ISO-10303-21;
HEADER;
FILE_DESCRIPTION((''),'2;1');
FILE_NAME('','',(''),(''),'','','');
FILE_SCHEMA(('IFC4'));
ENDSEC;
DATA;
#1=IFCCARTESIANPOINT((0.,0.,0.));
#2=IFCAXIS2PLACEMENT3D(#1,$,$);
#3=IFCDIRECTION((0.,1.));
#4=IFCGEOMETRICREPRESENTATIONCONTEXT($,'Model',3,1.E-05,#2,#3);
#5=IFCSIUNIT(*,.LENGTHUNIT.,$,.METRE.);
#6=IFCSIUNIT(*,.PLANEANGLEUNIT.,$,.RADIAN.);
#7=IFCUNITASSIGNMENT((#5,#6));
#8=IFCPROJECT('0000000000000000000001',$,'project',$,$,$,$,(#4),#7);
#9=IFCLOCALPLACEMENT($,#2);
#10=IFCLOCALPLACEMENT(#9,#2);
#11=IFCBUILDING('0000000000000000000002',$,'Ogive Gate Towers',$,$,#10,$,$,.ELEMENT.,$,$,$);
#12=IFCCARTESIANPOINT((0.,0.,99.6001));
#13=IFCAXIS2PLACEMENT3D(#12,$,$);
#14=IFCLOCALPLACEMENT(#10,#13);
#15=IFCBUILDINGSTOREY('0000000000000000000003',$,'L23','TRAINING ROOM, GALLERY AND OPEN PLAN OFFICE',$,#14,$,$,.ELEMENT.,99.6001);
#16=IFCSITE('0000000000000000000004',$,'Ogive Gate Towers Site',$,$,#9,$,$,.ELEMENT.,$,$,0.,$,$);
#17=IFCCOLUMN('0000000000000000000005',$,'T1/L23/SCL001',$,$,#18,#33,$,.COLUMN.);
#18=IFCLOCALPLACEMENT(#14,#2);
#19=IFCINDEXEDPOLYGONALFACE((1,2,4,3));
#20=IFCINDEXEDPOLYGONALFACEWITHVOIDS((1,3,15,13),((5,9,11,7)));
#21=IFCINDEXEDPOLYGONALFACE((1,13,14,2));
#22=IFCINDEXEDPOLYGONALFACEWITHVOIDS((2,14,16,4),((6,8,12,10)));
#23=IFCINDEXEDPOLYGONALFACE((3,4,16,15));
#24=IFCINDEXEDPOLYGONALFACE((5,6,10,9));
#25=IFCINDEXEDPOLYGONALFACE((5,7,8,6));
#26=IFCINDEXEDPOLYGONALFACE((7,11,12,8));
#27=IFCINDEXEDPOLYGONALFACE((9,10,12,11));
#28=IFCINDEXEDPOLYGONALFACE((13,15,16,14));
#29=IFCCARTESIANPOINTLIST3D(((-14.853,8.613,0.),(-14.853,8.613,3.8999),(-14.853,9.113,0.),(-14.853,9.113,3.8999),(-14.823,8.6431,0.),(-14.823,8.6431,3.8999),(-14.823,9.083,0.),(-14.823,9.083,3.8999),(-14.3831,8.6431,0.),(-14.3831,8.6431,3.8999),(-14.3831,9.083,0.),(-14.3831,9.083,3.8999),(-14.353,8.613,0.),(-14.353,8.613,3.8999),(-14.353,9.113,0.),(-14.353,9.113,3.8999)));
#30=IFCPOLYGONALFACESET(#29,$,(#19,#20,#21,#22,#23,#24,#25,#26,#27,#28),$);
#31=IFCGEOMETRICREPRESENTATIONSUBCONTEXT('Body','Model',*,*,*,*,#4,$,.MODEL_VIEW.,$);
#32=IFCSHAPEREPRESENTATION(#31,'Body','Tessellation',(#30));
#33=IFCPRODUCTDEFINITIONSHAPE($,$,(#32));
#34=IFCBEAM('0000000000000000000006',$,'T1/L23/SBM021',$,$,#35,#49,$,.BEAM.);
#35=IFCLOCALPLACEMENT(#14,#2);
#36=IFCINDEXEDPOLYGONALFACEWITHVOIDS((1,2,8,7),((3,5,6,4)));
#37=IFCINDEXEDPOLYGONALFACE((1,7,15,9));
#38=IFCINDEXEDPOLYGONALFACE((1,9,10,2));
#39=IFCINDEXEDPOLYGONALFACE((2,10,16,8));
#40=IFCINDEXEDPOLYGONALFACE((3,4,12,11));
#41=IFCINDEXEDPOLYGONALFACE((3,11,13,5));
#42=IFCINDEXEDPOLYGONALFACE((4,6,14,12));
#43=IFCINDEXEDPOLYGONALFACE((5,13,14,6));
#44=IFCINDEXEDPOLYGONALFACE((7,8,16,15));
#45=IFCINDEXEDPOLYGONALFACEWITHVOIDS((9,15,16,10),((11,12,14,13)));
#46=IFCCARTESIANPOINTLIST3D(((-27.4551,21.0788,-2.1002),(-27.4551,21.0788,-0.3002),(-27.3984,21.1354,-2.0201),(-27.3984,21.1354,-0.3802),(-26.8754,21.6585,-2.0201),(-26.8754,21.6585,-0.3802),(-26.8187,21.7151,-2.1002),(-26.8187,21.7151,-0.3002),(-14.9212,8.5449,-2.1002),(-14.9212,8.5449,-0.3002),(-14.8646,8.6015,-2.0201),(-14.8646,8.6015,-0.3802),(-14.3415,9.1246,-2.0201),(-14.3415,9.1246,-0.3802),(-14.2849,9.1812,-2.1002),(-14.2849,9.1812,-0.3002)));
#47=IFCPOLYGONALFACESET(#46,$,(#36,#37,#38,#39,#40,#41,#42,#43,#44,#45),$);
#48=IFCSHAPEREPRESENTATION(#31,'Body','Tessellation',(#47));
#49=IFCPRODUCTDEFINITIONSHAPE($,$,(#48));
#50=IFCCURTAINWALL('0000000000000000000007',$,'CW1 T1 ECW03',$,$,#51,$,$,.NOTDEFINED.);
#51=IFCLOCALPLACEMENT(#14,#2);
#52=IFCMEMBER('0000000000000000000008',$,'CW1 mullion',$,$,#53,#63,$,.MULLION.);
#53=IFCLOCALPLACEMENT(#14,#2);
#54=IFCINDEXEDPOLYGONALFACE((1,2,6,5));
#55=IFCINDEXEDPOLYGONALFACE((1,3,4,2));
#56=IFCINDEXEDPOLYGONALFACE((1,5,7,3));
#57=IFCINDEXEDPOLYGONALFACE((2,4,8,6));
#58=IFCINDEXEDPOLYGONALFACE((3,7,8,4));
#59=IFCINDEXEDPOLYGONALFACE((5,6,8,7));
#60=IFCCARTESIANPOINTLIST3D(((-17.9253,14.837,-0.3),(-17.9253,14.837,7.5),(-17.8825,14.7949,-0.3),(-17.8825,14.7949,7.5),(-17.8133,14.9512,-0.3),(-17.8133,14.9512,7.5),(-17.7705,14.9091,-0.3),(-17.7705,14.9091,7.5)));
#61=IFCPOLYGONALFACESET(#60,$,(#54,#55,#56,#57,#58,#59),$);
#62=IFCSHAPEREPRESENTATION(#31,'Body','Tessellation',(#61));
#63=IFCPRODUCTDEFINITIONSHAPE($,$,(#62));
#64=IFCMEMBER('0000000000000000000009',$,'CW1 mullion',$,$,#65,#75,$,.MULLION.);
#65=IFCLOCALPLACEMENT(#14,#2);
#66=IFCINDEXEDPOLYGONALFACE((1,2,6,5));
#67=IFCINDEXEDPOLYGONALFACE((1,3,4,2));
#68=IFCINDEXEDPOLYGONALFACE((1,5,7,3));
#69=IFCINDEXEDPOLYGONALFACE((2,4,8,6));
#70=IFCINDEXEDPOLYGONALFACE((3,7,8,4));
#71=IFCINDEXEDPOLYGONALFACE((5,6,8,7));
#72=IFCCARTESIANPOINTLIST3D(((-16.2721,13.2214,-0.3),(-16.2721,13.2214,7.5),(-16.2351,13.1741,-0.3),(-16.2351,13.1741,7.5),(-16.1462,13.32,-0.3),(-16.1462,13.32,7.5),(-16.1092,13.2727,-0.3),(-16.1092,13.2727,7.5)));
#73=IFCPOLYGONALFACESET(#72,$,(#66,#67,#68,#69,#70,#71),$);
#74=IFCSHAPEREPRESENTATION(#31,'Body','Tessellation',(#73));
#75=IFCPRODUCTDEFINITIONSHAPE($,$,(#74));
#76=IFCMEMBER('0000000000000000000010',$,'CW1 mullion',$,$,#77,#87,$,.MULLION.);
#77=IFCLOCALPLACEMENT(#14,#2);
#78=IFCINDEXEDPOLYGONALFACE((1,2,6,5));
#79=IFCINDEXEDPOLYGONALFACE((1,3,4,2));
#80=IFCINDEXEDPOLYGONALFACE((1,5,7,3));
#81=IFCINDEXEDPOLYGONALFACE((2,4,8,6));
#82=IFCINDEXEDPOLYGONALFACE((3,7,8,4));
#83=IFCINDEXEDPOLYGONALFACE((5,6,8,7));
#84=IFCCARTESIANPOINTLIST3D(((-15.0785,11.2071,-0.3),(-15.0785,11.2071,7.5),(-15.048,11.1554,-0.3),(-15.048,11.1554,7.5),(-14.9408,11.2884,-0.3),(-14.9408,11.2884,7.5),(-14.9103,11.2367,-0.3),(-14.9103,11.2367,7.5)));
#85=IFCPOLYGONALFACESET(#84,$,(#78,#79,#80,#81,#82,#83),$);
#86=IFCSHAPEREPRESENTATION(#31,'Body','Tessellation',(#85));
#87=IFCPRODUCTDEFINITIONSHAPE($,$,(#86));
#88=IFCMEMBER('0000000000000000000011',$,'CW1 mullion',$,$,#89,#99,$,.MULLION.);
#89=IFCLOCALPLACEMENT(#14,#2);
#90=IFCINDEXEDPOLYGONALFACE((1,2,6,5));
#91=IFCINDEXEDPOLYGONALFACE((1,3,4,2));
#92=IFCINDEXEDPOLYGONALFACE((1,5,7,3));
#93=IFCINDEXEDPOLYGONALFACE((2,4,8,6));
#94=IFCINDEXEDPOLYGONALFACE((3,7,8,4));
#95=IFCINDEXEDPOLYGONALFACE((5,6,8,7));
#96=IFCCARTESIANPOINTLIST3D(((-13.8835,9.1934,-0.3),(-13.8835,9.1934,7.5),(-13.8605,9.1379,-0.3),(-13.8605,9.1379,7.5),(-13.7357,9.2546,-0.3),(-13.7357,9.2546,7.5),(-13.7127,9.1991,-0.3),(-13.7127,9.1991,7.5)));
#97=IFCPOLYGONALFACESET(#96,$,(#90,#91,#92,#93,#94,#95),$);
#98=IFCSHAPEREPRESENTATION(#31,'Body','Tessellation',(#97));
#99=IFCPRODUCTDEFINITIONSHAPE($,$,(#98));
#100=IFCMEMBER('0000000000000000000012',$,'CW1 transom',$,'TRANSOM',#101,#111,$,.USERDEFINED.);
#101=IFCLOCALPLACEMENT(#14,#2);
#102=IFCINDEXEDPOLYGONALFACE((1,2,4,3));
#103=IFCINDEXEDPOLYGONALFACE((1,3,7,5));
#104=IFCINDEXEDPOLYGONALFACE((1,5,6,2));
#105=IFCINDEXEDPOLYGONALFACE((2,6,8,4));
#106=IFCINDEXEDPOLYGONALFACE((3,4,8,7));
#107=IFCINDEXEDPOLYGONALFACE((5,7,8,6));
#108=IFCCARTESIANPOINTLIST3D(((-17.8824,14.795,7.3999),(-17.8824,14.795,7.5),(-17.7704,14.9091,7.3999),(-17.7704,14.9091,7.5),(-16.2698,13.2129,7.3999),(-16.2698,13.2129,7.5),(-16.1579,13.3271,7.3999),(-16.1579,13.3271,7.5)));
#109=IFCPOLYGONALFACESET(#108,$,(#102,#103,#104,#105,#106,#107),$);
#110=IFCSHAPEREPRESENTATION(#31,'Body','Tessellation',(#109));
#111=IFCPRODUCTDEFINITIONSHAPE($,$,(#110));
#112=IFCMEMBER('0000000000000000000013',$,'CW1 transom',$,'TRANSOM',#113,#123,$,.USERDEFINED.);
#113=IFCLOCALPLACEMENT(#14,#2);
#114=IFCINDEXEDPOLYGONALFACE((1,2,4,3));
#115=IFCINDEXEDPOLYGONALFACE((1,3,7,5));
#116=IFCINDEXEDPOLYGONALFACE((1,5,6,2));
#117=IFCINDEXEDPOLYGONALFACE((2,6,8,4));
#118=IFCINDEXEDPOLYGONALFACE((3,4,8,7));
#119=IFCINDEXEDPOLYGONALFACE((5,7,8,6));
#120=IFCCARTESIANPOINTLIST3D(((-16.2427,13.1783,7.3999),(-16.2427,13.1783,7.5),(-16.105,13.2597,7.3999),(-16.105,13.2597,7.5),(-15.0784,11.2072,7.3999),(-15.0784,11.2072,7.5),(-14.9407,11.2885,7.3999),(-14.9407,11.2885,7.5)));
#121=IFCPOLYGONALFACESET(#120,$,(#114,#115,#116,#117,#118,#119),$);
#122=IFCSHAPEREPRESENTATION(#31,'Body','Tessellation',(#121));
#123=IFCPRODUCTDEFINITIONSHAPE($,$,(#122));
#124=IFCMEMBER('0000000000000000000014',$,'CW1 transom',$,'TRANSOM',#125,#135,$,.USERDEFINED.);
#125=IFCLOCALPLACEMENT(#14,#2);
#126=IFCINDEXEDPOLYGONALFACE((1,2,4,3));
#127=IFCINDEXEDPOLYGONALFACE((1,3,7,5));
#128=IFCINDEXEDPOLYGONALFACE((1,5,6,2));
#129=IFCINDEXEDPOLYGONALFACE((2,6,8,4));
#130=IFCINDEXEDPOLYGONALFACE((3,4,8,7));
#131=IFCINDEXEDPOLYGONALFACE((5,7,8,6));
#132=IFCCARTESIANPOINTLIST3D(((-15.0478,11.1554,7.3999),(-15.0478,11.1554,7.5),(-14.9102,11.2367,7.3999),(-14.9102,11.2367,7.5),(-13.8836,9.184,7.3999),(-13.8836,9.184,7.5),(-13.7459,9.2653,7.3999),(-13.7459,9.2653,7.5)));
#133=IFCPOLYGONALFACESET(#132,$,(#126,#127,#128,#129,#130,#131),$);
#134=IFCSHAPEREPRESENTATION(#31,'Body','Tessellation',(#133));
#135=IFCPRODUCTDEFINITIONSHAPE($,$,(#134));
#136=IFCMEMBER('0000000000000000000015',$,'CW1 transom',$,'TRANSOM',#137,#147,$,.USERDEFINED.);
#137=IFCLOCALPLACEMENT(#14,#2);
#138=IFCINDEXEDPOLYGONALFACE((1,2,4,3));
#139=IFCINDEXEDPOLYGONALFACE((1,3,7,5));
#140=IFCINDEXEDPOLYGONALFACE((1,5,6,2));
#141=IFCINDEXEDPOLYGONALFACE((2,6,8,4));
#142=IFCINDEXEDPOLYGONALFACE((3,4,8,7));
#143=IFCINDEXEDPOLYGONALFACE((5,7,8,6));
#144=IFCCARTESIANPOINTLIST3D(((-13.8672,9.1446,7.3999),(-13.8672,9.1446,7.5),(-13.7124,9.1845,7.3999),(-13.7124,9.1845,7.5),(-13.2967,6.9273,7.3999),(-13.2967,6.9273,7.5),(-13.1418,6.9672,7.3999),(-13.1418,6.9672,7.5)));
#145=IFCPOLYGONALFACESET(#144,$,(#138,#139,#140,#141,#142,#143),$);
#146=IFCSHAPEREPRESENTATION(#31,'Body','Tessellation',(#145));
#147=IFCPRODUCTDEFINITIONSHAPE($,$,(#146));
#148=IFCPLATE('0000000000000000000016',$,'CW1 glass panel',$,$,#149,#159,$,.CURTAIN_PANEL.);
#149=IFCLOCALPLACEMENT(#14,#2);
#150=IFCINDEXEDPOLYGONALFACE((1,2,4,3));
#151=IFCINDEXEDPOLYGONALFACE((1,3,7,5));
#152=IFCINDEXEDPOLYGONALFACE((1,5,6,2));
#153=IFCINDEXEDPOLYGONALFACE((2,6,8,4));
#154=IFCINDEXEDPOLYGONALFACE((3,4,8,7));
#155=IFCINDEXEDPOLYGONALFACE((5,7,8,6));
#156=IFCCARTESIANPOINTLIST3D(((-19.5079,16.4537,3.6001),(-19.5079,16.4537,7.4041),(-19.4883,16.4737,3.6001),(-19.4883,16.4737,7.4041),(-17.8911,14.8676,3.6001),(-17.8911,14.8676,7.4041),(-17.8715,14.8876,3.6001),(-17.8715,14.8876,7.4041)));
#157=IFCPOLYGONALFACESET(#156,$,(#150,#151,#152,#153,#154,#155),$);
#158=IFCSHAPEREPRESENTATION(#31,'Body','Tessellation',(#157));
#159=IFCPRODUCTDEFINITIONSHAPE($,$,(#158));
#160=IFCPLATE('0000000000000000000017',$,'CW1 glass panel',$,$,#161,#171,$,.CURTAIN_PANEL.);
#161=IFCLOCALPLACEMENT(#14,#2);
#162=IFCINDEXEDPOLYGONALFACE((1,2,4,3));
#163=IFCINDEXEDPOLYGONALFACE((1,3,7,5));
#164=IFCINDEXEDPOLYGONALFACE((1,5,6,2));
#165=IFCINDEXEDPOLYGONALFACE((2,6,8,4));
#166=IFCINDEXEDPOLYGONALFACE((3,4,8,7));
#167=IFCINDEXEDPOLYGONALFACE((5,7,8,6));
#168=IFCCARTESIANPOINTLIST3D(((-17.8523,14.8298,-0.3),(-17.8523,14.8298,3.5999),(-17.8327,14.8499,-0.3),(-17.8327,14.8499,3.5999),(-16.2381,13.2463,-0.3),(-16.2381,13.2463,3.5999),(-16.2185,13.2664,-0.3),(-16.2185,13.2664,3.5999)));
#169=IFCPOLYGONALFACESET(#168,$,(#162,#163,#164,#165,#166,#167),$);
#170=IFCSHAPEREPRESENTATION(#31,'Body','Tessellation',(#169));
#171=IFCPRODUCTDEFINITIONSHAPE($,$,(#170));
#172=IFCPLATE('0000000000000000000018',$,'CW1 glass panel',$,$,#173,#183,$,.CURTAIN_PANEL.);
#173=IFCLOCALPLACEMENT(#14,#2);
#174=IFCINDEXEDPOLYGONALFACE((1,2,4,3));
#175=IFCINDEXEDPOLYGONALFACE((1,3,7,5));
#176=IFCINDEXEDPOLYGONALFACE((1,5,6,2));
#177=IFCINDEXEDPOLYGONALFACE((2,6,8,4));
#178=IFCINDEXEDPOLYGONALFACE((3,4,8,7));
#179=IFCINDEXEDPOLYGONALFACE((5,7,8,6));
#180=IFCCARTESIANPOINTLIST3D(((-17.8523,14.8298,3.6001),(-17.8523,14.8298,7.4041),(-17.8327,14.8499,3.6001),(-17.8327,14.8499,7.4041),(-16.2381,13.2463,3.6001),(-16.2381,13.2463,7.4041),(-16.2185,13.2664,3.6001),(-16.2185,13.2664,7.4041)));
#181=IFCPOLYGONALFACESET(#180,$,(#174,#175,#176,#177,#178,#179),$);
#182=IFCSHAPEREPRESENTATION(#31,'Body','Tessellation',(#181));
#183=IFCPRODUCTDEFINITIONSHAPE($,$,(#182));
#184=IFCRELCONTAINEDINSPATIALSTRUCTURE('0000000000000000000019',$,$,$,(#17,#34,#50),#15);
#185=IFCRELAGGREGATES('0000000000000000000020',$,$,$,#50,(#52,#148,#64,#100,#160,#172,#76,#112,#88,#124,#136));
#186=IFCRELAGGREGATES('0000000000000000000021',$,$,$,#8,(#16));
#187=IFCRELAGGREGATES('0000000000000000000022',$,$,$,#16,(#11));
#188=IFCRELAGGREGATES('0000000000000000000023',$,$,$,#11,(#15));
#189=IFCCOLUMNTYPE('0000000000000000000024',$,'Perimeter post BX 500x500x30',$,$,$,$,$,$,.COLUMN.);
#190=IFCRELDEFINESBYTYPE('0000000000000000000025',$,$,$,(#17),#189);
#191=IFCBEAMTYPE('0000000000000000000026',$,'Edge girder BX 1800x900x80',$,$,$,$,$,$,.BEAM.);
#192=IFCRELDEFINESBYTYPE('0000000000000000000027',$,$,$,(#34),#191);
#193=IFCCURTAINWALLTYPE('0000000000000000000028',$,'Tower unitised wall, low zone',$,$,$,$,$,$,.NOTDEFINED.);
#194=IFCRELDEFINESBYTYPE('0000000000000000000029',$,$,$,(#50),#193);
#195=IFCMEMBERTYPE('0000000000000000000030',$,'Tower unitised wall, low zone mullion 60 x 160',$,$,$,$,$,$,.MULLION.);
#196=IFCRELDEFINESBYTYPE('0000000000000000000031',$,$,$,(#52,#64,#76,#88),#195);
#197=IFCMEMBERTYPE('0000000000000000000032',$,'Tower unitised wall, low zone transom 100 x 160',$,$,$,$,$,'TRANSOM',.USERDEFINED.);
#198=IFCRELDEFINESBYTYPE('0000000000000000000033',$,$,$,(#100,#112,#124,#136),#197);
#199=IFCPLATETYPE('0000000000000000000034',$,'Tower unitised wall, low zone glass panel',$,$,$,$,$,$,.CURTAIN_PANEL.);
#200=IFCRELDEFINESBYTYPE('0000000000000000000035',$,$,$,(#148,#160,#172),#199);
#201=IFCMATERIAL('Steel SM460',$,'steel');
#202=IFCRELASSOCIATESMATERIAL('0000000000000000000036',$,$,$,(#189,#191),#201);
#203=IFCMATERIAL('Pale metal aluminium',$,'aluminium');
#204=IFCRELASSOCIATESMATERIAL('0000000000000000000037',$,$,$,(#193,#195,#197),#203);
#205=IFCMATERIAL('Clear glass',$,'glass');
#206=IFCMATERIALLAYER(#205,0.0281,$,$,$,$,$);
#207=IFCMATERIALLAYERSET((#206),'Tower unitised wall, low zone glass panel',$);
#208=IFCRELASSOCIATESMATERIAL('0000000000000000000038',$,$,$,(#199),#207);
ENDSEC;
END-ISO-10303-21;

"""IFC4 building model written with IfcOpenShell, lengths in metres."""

from ifc_helpers import new_model, si_unit, direction, frame, origin, origin_2d, place, context, subcontext, project, spatial, rectangle, hollow_rectangle, extrude, material, layer, layer_set, material_profile, profile_set, type_object, element, aggregate, save


model = new_model("IFC4")

# Units and contexts
model_context = context("Model", 3, precision=1e-05, world=origin(), true_north=direction((0.0, 1.0)))
body_context = subcontext(model_context, "Body", "Model", "MODEL_VIEW")
ifc_project = project(units=[si_unit("LENGTHUNIT", "METRE"), si_unit("PLANEANGLEUNIT", "RADIAN")], contexts=[model_context])

# Site, building, storey
site_placement = place(None, origin())
site = spatial("IfcSite", under=ifc_project, at=site_placement, Name="Ogive Gate Towers Site", CompositionType="ELEMENT", RefElevation=0.0)
building_placement = place(site_placement, origin())
building = spatial("IfcBuilding", under=site, at=building_placement, Name="Ogive Gate Towers", CompositionType="ELEMENT")
storey_placement = place(building_placement, frame((0.0, 0.0, 99.6001)))
storey = spatial("IfcBuildingStorey", under=building, at=storey_placement, Name="L23", Description="TRAINING ROOM, GALLERY AND OPEN PLAN OFFICE", CompositionType="ELEMENT", Elevation=99.6001)

# Column
ifc_material_1 = material(Name="Steel SM460", Category="steel")
ifc_material_profile_1 = material_profile(ifc_material_1, hollow_rectangle(XDim=0.5, YDim=0.5, WallThickness=0.03, at=origin_2d()), Name="BX 500x500x30")
ifc_profile_set_1 = profile_set([ifc_material_profile_1], Name="Steel SM460")
column_type = type_object("IfcColumnType", Name="Perimeter post BX 500x500x30", PredefinedType="COLUMN", material=ifc_profile_set_1)
column_placement = place(storey_placement, frame((-14.603, 8.863, 0.0), z_axis=(0.0, 0.0, 1.0), x_axis=(1.0, 0.0, 0.0)))
element("IfcColumn", 1, at=column_placement, inside=storey, type_object=column_type, Name="T1/L23/SCL001", PredefinedType="COLUMN", context=body_context, shape_type="SweptSolid", body=[
    extrude(hollow_rectangle(XDim=0.5, YDim=0.5, WallThickness=0.03, at=origin_2d()), origin(), (0.0, 0.0, 1.0), 3.8999),
])

# Beam
ifc_material_profile_2 = material_profile(ifc_material_1, hollow_rectangle(XDim=0.8999, YDim=1.8, WallThickness=0.0801, at=origin_2d()), Name="BX 1800x900x80")
ifc_profile_set_2 = profile_set([ifc_material_profile_2], Name="Steel SM460")
beam_type = type_object("IfcBeamType", Name="Edge girder BX 1800x900x80", PredefinedType="BEAM", material=ifc_profile_set_2)
beam_placement = place(storey_placement, frame((-14.603, 8.863, -1.2002), z_axis=(-0.707107, 0.707107, 0.0), x_axis=(-0.707107, -0.707107, 0.0)))
element("IfcBeam", 2, at=beam_placement, inside=storey, type_object=beam_type, Name="T1/L23/SBM021", PredefinedType="BEAM", context=body_context, shape_type="SweptSolid", body=[
    extrude(hollow_rectangle(XDim=0.8999, YDim=1.8, WallThickness=0.0801, at=origin_2d()), origin(), (0.0, 0.0, 1.0), 17.7256),
])

# Curtain wall, members, plates
ifc_material_2 = material(Name="Pale metal aluminium", Category="aluminium")
curtain_wall_type = type_object("IfcCurtainWallType", Name="Tower unitised wall, low zone", PredefinedType="NOTDEFINED", material=ifc_material_2)
curtain_wall_placement = place(storey_placement, origin())
curtain_wall = element("IfcCurtainWall", 3, at=curtain_wall_placement, inside=storey, type_object=curtain_wall_type, Name="CW1 T1 ECW03", PredefinedType="NOTDEFINED")
ifc_material_profile_3 = material_profile(ifc_material_2, rectangle(XDim=0.1599, YDim=0.0601, at=origin_2d()), Name="60 x 160 aluminium box")
ifc_profile_set_3 = profile_set([ifc_material_profile_3], Name="Pale metal aluminium")
member_type_1 = type_object("IfcMemberType", Name="Tower unitised wall, low zone mullion 60 x 160", PredefinedType="MULLION", material=ifc_profile_set_3)
member_1_placement = place(storey_placement, frame((-17.8479, 14.873, -0.3), z_axis=(0.0, 0.0, 1.0), x_axis=(-0.700299, -0.71385, 0.0)))
member_1 = element("IfcMember", 4, at=member_1_placement, type_object=member_type_1, Name="CW1 mullion", PredefinedType="MULLION", context=body_context, shape_type="SweptSolid", body=[
    extrude(rectangle(XDim=0.1599, YDim=0.0601, at=origin_2d()), origin(), (0.0, 0.0, 1.0), 7.8),
])
member_2_placement = place(storey_placement, frame((-16.1907, 13.2471, -0.3), z_axis=(0.0, 0.0, 1.0), x_axis=(-0.787387, -0.616459, 0.0)))
member_2 = element("IfcMember", 5, at=member_2_placement, type_object=member_type_1, Name="CW1 mullion", PredefinedType="MULLION", context=body_context, shape_type="SweptSolid", body=[
    extrude(rectangle(XDim=0.1599, YDim=0.0601, at=origin_2d()), origin(), (0.0, 0.0, 1.0), 7.8),
])
member_3_placement = place(storey_placement, frame((-14.9944, 11.2219, -0.3), z_axis=(0.0, 0.0, 1.0), x_axis=(-0.861035, -0.508546, 0.0)))
member_3 = element("IfcMember", 6, at=member_3_placement, type_object=member_type_1, Name="CW1 mullion", PredefinedType="MULLION", context=body_context, shape_type="SweptSolid", body=[
    extrude(rectangle(XDim=0.1599, YDim=0.0601, at=origin_2d()), origin(), (0.0, 0.0, 1.0), 7.8),
])
member_4_placement = place(storey_placement, frame((-13.7981, 9.1963, -0.3), z_axis=(0.0, 0.0, 1.0), x_axis=(-0.92388, -0.382683, 0.0)))
member_4 = element("IfcMember", 7, at=member_4_placement, type_object=member_type_1, Name="CW1 mullion", PredefinedType="MULLION", context=body_context, shape_type="SweptSolid", body=[
    extrude(rectangle(XDim=0.1599, YDim=0.0601, at=origin_2d()), origin(), (0.0, 0.0, 1.0), 7.8),
])
ifc_material_profile_4 = material_profile(ifc_material_2, rectangle(XDim=0.1599, YDim=0.1001, at=origin_2d()), Name="100 x 160 aluminium box")
ifc_profile_set_4 = profile_set([ifc_material_profile_4], Name="Pale metal aluminium")
member_type_2 = type_object("IfcMemberType", Name="Tower unitised wall, low zone transom 100 x 160", ElementType="TRANSOM", PredefinedType="USERDEFINED", material=ifc_profile_set_4)
member_5_placement = place(storey_placement, frame((-17.8264, 14.8521, 7.45), z_axis=(0.713829, -0.70032, 0.0), x_axis=(0.70032, 0.713829, 0.0)))
member_5 = element("IfcMember", 8, at=member_5_placement, type_object=member_type_2, Name="CW1 transom", ObjectType="TRANSOM", PredefinedType="USERDEFINED", context=body_context, shape_type="SweptSolid", body=[
    extrude(rectangle(XDim=0.1599, YDim=0.1001, at=origin_2d()), origin(), (0.0, 0.0, 1.0), 2.259),
])
member_6_placement = place(storey_placement, frame((-16.1738, 13.219, 7.45), z_axis=(0.508571, -0.86102, 0.0), x_axis=(0.86102, 0.508571, 0.0)))
member_6 = element("IfcMember", 9, at=member_6_placement, type_object=member_type_2, Name="CW1 transom", ObjectType="TRANSOM", PredefinedType="USERDEFINED", context=body_context, shape_type="SweptSolid", body=[
    extrude(rectangle(XDim=0.1599, YDim=0.1001, at=origin_2d()), origin(), (0.0, 0.0, 1.0), 2.2893),
])
member_7_placement = place(storey_placement, frame((-14.979, 11.196, 7.45), z_axis=(0.508525, -0.861048, 0.0), x_axis=(0.861048, 0.508525, 0.0)))
member_7 = element("IfcMember", 10, at=member_7_placement, type_object=member_type_2, Name="CW1 transom", ObjectType="TRANSOM", PredefinedType="USERDEFINED", context=body_context, shape_type="SweptSolid", body=[
    extrude(rectangle(XDim=0.1599, YDim=0.1001, at=origin_2d()), origin(), (0.0, 0.0, 1.0), 2.2896),
])
member_8_placement = place(storey_placement, frame((-13.7898, 9.1646, 7.45), z_axis=(0.249204, -0.968451, 0.0), x_axis=(0.968451, 0.249204, 0.0)))
member_8 = element("IfcMember", 11, at=member_8_placement, type_object=member_type_2, Name="CW1 transom", ObjectType="TRANSOM", PredefinedType="USERDEFINED", context=body_context, shape_type="SweptSolid", body=[
    extrude(rectangle(XDim=0.1599, YDim=0.1001, at=origin_2d()), origin(), (0.0, 0.0, 1.0), 2.2896),
])
ifc_material_3 = material(Name="Clear glass", Category="glass")
ifc_layer_1 = layer(ifc_material_3, 0.0281)
ifc_layer_set_1 = layer_set([ifc_layer_1], Name="Tower unitised wall, low zone glass panel")
plate_type = type_object("IfcPlateType", Name="Tower unitised wall, low zone glass panel", PredefinedType="CURTAIN_PANEL", material=ifc_layer_set_1)
plate_1_placement = place(storey_placement, frame((-18.6897, 15.6707, 3.6001), z_axis=(0.0, 0.0, 1.0), x_axis=(0.71385, -0.700299, 0.0)))
plate_1 = element("IfcPlate", 12, at=plate_1_placement, type_object=plate_type, Name="CW1 glass panel", PredefinedType="CURTAIN_PANEL", context=body_context, shape_type="SweptSolid", body=[
    extrude(rectangle(XDim=2.2649, YDim=0.0281, at=origin_2d()), origin(), (0.0, 0.0, 1.0), 3.804),
])
plate_2_placement = place(storey_placement, frame((-17.0354, 14.0481, -0.3), z_axis=(0.0, 0.0, 1.0), x_axis=(0.713862, -0.700287, 0.0)))
plate_2 = element("IfcPlate", 13, at=plate_2_placement, type_object=plate_type, Name="CW1 glass panel", PredefinedType="CURTAIN_PANEL", context=body_context, shape_type="SweptSolid", body=[
    extrude(rectangle(XDim=2.2612, YDim=0.0281, at=origin_2d()), origin(), (0.0, 0.0, 1.0), 3.8999),
])
plate_3_placement = place(storey_placement, frame((-17.0354, 14.0481, 3.6001), z_axis=(0.0, 0.0, 1.0), x_axis=(0.713862, -0.700287, 0.0)))
plate_3 = element("IfcPlate", 14, at=plate_3_placement, type_object=plate_type, Name="CW1 glass panel", PredefinedType="CURTAIN_PANEL", context=body_context, shape_type="SweptSolid", body=[
    extrude(rectangle(XDim=2.2612, YDim=0.0281, at=origin_2d()), origin(), (0.0, 0.0, 1.0), 3.804),
])
aggregate(curtain_wall, [member_1, plate_1, member_2, member_5, plate_2, plate_3, member_3, member_6, member_4, member_7, member_8])

save(model, "model.ifc")
